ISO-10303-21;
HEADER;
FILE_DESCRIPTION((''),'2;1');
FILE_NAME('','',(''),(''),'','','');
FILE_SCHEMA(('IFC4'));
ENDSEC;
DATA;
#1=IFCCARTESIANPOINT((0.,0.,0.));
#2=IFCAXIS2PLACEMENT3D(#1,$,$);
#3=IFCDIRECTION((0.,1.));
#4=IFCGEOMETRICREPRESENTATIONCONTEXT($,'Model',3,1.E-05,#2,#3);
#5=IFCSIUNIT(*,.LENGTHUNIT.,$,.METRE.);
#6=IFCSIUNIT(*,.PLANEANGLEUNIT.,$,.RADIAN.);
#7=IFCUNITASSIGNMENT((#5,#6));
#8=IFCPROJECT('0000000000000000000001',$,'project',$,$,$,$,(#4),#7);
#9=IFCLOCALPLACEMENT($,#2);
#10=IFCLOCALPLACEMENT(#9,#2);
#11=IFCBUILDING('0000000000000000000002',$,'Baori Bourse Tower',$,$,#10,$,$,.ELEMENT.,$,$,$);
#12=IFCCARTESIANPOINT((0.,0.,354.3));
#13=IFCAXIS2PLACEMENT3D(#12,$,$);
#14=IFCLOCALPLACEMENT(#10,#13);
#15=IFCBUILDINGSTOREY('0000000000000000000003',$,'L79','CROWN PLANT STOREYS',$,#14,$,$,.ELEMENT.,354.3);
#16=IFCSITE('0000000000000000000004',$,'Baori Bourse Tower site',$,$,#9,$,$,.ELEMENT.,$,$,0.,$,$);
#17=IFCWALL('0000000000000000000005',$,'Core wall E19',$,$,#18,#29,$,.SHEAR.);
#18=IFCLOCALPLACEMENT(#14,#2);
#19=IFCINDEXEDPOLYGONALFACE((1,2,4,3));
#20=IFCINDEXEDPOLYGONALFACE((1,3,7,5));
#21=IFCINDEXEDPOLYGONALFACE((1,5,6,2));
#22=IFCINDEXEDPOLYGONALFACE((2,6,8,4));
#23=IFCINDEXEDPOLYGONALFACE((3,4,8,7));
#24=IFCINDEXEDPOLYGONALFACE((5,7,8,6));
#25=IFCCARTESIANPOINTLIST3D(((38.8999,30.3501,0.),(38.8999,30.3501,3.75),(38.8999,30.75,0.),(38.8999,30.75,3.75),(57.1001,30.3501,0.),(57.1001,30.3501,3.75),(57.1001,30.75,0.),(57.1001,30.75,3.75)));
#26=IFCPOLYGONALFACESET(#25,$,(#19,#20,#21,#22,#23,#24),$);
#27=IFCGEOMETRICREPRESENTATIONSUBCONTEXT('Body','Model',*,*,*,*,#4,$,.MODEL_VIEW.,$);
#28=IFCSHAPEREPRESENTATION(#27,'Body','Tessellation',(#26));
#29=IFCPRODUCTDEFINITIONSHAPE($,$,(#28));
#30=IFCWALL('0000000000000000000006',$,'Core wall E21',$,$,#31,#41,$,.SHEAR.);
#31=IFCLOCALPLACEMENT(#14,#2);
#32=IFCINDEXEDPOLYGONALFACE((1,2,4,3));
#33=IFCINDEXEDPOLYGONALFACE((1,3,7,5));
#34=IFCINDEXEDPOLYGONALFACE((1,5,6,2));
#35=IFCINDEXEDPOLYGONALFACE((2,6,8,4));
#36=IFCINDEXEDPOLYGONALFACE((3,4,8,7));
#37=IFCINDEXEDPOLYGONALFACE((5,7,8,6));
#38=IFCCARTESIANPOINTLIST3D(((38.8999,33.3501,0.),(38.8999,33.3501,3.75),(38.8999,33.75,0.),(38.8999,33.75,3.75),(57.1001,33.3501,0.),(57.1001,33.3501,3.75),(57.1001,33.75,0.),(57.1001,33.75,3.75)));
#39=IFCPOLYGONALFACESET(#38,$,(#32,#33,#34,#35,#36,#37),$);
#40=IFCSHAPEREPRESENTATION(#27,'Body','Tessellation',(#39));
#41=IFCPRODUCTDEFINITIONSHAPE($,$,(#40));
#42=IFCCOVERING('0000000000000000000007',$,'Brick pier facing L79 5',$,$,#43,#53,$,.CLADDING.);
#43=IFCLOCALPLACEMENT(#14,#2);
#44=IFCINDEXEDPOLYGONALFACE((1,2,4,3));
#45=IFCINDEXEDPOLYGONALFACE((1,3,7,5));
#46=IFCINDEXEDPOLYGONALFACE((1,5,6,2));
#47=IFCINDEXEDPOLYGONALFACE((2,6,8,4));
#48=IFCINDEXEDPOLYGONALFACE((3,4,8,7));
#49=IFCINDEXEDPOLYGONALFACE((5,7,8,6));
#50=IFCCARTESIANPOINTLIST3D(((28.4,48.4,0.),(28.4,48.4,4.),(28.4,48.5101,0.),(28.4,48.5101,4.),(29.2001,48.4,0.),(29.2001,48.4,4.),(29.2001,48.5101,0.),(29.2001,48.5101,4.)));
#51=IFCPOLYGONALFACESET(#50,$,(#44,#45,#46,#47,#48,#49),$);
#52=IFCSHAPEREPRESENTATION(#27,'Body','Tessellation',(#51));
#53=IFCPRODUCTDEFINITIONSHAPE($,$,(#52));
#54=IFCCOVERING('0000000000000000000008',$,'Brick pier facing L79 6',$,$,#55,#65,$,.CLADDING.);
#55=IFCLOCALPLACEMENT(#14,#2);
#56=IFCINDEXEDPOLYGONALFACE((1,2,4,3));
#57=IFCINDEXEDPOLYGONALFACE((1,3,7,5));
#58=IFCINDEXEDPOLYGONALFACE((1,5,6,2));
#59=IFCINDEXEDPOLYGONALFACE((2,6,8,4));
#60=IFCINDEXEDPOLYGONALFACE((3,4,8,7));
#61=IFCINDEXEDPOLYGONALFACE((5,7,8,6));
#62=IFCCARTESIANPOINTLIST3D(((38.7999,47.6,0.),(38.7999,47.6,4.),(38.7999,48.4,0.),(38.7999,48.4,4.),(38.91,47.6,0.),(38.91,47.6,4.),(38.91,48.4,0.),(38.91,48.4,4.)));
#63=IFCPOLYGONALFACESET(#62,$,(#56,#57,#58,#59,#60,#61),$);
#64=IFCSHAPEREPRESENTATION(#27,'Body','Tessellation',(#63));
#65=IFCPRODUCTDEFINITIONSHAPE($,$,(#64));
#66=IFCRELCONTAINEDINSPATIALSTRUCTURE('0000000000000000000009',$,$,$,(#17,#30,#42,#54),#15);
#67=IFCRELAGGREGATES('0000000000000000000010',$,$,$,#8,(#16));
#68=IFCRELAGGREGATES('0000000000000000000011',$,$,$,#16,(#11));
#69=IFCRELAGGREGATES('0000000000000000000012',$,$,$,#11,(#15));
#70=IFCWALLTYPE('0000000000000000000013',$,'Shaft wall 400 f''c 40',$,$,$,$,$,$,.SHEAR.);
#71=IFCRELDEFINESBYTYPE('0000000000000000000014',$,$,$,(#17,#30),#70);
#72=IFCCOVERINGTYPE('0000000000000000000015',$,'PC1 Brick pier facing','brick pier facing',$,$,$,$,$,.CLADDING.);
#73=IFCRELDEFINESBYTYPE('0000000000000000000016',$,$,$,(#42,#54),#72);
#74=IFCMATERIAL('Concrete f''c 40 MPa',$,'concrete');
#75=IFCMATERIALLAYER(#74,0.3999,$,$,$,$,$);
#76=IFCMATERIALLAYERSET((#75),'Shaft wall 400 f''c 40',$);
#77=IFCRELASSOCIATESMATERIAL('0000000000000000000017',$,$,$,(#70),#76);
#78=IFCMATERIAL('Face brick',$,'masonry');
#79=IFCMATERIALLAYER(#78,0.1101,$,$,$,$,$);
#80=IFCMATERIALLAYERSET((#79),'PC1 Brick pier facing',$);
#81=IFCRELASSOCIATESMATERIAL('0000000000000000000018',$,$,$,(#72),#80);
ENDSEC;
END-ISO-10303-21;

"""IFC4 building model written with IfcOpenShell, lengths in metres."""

from ifc_helpers import new_model, si_unit, direction, frame, frame_2d, origin, origin_2d, place, context, subcontext, project, spatial, rectangle, extrude, material, layer, layer_set, type_object, element, save


model = new_model("IFC4")

# Units and contexts
model_context = context("Model", 3, precision=1e-05, world=origin(), true_north=direction((0.0, 1.0)))
body_context = subcontext(model_context, "Body", "Model", "MODEL_VIEW")
ifc_project = project(units=[si_unit("LENGTHUNIT", "METRE"), si_unit("PLANEANGLEUNIT", "RADIAN")], contexts=[model_context])

# Site, building, storey
site_placement = place(None, origin())
site = spatial("IfcSite", under=ifc_project, at=site_placement, Name="Baori Bourse Tower site", CompositionType="ELEMENT", RefElevation=0.0)
building_placement = place(site_placement, origin())
building = spatial("IfcBuilding", under=site, at=building_placement, Name="Baori Bourse Tower", CompositionType="ELEMENT")
storey_placement = place(building_placement, frame((0.0, 0.0, 354.3)))
storey = spatial("IfcBuildingStorey", under=building, at=storey_placement, Name="L79", Description="CROWN PLANT STOREYS", CompositionType="ELEMENT", Elevation=354.3)

# Walls
ifc_material_1 = material(Name="Concrete f'c 40 MPa", Category="concrete")
ifc_layer_1 = layer(ifc_material_1, 0.3999)
ifc_layer_set_1 = layer_set([ifc_layer_1], Name="Shaft wall 400 f'c 40")
wall_type_1 = type_object("IfcWallType", Name="Shaft wall 400 f'c 40", PredefinedType="SHEAR", material=ifc_layer_set_1)
for number, where, z_axis, x_axis, name in (
    (1, (38.8999, 30.55, 0.0), (0.0, 0.0, 1.0), (1.0, 0.0, 0.0), "Core wall E19"),
    (2, (38.8999, 33.55, 0.0), (0.0, 0.0, 1.0), (1.0, 0.0, 0.0), "Core wall E21"),
):
    element("IfcWall", number, at=place(storey_placement, frame(where, z_axis=z_axis, x_axis=x_axis)), inside=storey, type_object=wall_type_1, Name=name, PredefinedType="SHEAR", context=body_context, shape_type="SweptSolid", body=[
        extrude(rectangle(XDim=18.2002, YDim=0.3999, at=frame_2d((9.1001, 0.0))), origin(), (0.0, 0.0, 1.0), 3.75),
    ])

# Coverings
ifc_material_2 = material(Name="Face brick", Category="masonry")
ifc_layer_2 = layer(ifc_material_2, 0.1101)
ifc_layer_set_2 = layer_set([ifc_layer_2], Name="PC1 Brick pier facing")
covering_type = type_object("IfcCoveringType", Name="PC1 Brick pier facing", Description="brick pier facing", PredefinedType="CLADDING", material=ifc_layer_set_2)
covering_1_placement = place(storey_placement, frame((28.8, 48.4551, 0.0), z_axis=(0.0, 0.0, 1.0), x_axis=(1.0, 0.0, 0.0)))
element("IfcCovering", 3, at=covering_1_placement, inside=storey, type_object=covering_type, Name="Brick pier facing L79 5", PredefinedType="CLADDING", context=body_context, shape_type="SweptSolid", body=[
    extrude(rectangle(XDim=0.8, YDim=0.1101, at=origin_2d()), origin(), (0.0, 0.0, 1.0), 4.0),
])
covering_2_placement = place(storey_placement, frame((38.855, 48.0, 0.0), z_axis=(0.0, 0.0, 1.0), x_axis=(1.0, 0.0, 0.0)))
element("IfcCovering", 4, at=covering_2_placement, inside=storey, type_object=covering_type, Name="Brick pier facing L79 6", PredefinedType="CLADDING", context=body_context, shape_type="SweptSolid", body=[
    extrude(rectangle(XDim=0.1101, YDim=0.8, at=origin_2d()), origin(), (0.0, 0.0, 1.0), 4.0),
])

save(model, "model.ifc")
